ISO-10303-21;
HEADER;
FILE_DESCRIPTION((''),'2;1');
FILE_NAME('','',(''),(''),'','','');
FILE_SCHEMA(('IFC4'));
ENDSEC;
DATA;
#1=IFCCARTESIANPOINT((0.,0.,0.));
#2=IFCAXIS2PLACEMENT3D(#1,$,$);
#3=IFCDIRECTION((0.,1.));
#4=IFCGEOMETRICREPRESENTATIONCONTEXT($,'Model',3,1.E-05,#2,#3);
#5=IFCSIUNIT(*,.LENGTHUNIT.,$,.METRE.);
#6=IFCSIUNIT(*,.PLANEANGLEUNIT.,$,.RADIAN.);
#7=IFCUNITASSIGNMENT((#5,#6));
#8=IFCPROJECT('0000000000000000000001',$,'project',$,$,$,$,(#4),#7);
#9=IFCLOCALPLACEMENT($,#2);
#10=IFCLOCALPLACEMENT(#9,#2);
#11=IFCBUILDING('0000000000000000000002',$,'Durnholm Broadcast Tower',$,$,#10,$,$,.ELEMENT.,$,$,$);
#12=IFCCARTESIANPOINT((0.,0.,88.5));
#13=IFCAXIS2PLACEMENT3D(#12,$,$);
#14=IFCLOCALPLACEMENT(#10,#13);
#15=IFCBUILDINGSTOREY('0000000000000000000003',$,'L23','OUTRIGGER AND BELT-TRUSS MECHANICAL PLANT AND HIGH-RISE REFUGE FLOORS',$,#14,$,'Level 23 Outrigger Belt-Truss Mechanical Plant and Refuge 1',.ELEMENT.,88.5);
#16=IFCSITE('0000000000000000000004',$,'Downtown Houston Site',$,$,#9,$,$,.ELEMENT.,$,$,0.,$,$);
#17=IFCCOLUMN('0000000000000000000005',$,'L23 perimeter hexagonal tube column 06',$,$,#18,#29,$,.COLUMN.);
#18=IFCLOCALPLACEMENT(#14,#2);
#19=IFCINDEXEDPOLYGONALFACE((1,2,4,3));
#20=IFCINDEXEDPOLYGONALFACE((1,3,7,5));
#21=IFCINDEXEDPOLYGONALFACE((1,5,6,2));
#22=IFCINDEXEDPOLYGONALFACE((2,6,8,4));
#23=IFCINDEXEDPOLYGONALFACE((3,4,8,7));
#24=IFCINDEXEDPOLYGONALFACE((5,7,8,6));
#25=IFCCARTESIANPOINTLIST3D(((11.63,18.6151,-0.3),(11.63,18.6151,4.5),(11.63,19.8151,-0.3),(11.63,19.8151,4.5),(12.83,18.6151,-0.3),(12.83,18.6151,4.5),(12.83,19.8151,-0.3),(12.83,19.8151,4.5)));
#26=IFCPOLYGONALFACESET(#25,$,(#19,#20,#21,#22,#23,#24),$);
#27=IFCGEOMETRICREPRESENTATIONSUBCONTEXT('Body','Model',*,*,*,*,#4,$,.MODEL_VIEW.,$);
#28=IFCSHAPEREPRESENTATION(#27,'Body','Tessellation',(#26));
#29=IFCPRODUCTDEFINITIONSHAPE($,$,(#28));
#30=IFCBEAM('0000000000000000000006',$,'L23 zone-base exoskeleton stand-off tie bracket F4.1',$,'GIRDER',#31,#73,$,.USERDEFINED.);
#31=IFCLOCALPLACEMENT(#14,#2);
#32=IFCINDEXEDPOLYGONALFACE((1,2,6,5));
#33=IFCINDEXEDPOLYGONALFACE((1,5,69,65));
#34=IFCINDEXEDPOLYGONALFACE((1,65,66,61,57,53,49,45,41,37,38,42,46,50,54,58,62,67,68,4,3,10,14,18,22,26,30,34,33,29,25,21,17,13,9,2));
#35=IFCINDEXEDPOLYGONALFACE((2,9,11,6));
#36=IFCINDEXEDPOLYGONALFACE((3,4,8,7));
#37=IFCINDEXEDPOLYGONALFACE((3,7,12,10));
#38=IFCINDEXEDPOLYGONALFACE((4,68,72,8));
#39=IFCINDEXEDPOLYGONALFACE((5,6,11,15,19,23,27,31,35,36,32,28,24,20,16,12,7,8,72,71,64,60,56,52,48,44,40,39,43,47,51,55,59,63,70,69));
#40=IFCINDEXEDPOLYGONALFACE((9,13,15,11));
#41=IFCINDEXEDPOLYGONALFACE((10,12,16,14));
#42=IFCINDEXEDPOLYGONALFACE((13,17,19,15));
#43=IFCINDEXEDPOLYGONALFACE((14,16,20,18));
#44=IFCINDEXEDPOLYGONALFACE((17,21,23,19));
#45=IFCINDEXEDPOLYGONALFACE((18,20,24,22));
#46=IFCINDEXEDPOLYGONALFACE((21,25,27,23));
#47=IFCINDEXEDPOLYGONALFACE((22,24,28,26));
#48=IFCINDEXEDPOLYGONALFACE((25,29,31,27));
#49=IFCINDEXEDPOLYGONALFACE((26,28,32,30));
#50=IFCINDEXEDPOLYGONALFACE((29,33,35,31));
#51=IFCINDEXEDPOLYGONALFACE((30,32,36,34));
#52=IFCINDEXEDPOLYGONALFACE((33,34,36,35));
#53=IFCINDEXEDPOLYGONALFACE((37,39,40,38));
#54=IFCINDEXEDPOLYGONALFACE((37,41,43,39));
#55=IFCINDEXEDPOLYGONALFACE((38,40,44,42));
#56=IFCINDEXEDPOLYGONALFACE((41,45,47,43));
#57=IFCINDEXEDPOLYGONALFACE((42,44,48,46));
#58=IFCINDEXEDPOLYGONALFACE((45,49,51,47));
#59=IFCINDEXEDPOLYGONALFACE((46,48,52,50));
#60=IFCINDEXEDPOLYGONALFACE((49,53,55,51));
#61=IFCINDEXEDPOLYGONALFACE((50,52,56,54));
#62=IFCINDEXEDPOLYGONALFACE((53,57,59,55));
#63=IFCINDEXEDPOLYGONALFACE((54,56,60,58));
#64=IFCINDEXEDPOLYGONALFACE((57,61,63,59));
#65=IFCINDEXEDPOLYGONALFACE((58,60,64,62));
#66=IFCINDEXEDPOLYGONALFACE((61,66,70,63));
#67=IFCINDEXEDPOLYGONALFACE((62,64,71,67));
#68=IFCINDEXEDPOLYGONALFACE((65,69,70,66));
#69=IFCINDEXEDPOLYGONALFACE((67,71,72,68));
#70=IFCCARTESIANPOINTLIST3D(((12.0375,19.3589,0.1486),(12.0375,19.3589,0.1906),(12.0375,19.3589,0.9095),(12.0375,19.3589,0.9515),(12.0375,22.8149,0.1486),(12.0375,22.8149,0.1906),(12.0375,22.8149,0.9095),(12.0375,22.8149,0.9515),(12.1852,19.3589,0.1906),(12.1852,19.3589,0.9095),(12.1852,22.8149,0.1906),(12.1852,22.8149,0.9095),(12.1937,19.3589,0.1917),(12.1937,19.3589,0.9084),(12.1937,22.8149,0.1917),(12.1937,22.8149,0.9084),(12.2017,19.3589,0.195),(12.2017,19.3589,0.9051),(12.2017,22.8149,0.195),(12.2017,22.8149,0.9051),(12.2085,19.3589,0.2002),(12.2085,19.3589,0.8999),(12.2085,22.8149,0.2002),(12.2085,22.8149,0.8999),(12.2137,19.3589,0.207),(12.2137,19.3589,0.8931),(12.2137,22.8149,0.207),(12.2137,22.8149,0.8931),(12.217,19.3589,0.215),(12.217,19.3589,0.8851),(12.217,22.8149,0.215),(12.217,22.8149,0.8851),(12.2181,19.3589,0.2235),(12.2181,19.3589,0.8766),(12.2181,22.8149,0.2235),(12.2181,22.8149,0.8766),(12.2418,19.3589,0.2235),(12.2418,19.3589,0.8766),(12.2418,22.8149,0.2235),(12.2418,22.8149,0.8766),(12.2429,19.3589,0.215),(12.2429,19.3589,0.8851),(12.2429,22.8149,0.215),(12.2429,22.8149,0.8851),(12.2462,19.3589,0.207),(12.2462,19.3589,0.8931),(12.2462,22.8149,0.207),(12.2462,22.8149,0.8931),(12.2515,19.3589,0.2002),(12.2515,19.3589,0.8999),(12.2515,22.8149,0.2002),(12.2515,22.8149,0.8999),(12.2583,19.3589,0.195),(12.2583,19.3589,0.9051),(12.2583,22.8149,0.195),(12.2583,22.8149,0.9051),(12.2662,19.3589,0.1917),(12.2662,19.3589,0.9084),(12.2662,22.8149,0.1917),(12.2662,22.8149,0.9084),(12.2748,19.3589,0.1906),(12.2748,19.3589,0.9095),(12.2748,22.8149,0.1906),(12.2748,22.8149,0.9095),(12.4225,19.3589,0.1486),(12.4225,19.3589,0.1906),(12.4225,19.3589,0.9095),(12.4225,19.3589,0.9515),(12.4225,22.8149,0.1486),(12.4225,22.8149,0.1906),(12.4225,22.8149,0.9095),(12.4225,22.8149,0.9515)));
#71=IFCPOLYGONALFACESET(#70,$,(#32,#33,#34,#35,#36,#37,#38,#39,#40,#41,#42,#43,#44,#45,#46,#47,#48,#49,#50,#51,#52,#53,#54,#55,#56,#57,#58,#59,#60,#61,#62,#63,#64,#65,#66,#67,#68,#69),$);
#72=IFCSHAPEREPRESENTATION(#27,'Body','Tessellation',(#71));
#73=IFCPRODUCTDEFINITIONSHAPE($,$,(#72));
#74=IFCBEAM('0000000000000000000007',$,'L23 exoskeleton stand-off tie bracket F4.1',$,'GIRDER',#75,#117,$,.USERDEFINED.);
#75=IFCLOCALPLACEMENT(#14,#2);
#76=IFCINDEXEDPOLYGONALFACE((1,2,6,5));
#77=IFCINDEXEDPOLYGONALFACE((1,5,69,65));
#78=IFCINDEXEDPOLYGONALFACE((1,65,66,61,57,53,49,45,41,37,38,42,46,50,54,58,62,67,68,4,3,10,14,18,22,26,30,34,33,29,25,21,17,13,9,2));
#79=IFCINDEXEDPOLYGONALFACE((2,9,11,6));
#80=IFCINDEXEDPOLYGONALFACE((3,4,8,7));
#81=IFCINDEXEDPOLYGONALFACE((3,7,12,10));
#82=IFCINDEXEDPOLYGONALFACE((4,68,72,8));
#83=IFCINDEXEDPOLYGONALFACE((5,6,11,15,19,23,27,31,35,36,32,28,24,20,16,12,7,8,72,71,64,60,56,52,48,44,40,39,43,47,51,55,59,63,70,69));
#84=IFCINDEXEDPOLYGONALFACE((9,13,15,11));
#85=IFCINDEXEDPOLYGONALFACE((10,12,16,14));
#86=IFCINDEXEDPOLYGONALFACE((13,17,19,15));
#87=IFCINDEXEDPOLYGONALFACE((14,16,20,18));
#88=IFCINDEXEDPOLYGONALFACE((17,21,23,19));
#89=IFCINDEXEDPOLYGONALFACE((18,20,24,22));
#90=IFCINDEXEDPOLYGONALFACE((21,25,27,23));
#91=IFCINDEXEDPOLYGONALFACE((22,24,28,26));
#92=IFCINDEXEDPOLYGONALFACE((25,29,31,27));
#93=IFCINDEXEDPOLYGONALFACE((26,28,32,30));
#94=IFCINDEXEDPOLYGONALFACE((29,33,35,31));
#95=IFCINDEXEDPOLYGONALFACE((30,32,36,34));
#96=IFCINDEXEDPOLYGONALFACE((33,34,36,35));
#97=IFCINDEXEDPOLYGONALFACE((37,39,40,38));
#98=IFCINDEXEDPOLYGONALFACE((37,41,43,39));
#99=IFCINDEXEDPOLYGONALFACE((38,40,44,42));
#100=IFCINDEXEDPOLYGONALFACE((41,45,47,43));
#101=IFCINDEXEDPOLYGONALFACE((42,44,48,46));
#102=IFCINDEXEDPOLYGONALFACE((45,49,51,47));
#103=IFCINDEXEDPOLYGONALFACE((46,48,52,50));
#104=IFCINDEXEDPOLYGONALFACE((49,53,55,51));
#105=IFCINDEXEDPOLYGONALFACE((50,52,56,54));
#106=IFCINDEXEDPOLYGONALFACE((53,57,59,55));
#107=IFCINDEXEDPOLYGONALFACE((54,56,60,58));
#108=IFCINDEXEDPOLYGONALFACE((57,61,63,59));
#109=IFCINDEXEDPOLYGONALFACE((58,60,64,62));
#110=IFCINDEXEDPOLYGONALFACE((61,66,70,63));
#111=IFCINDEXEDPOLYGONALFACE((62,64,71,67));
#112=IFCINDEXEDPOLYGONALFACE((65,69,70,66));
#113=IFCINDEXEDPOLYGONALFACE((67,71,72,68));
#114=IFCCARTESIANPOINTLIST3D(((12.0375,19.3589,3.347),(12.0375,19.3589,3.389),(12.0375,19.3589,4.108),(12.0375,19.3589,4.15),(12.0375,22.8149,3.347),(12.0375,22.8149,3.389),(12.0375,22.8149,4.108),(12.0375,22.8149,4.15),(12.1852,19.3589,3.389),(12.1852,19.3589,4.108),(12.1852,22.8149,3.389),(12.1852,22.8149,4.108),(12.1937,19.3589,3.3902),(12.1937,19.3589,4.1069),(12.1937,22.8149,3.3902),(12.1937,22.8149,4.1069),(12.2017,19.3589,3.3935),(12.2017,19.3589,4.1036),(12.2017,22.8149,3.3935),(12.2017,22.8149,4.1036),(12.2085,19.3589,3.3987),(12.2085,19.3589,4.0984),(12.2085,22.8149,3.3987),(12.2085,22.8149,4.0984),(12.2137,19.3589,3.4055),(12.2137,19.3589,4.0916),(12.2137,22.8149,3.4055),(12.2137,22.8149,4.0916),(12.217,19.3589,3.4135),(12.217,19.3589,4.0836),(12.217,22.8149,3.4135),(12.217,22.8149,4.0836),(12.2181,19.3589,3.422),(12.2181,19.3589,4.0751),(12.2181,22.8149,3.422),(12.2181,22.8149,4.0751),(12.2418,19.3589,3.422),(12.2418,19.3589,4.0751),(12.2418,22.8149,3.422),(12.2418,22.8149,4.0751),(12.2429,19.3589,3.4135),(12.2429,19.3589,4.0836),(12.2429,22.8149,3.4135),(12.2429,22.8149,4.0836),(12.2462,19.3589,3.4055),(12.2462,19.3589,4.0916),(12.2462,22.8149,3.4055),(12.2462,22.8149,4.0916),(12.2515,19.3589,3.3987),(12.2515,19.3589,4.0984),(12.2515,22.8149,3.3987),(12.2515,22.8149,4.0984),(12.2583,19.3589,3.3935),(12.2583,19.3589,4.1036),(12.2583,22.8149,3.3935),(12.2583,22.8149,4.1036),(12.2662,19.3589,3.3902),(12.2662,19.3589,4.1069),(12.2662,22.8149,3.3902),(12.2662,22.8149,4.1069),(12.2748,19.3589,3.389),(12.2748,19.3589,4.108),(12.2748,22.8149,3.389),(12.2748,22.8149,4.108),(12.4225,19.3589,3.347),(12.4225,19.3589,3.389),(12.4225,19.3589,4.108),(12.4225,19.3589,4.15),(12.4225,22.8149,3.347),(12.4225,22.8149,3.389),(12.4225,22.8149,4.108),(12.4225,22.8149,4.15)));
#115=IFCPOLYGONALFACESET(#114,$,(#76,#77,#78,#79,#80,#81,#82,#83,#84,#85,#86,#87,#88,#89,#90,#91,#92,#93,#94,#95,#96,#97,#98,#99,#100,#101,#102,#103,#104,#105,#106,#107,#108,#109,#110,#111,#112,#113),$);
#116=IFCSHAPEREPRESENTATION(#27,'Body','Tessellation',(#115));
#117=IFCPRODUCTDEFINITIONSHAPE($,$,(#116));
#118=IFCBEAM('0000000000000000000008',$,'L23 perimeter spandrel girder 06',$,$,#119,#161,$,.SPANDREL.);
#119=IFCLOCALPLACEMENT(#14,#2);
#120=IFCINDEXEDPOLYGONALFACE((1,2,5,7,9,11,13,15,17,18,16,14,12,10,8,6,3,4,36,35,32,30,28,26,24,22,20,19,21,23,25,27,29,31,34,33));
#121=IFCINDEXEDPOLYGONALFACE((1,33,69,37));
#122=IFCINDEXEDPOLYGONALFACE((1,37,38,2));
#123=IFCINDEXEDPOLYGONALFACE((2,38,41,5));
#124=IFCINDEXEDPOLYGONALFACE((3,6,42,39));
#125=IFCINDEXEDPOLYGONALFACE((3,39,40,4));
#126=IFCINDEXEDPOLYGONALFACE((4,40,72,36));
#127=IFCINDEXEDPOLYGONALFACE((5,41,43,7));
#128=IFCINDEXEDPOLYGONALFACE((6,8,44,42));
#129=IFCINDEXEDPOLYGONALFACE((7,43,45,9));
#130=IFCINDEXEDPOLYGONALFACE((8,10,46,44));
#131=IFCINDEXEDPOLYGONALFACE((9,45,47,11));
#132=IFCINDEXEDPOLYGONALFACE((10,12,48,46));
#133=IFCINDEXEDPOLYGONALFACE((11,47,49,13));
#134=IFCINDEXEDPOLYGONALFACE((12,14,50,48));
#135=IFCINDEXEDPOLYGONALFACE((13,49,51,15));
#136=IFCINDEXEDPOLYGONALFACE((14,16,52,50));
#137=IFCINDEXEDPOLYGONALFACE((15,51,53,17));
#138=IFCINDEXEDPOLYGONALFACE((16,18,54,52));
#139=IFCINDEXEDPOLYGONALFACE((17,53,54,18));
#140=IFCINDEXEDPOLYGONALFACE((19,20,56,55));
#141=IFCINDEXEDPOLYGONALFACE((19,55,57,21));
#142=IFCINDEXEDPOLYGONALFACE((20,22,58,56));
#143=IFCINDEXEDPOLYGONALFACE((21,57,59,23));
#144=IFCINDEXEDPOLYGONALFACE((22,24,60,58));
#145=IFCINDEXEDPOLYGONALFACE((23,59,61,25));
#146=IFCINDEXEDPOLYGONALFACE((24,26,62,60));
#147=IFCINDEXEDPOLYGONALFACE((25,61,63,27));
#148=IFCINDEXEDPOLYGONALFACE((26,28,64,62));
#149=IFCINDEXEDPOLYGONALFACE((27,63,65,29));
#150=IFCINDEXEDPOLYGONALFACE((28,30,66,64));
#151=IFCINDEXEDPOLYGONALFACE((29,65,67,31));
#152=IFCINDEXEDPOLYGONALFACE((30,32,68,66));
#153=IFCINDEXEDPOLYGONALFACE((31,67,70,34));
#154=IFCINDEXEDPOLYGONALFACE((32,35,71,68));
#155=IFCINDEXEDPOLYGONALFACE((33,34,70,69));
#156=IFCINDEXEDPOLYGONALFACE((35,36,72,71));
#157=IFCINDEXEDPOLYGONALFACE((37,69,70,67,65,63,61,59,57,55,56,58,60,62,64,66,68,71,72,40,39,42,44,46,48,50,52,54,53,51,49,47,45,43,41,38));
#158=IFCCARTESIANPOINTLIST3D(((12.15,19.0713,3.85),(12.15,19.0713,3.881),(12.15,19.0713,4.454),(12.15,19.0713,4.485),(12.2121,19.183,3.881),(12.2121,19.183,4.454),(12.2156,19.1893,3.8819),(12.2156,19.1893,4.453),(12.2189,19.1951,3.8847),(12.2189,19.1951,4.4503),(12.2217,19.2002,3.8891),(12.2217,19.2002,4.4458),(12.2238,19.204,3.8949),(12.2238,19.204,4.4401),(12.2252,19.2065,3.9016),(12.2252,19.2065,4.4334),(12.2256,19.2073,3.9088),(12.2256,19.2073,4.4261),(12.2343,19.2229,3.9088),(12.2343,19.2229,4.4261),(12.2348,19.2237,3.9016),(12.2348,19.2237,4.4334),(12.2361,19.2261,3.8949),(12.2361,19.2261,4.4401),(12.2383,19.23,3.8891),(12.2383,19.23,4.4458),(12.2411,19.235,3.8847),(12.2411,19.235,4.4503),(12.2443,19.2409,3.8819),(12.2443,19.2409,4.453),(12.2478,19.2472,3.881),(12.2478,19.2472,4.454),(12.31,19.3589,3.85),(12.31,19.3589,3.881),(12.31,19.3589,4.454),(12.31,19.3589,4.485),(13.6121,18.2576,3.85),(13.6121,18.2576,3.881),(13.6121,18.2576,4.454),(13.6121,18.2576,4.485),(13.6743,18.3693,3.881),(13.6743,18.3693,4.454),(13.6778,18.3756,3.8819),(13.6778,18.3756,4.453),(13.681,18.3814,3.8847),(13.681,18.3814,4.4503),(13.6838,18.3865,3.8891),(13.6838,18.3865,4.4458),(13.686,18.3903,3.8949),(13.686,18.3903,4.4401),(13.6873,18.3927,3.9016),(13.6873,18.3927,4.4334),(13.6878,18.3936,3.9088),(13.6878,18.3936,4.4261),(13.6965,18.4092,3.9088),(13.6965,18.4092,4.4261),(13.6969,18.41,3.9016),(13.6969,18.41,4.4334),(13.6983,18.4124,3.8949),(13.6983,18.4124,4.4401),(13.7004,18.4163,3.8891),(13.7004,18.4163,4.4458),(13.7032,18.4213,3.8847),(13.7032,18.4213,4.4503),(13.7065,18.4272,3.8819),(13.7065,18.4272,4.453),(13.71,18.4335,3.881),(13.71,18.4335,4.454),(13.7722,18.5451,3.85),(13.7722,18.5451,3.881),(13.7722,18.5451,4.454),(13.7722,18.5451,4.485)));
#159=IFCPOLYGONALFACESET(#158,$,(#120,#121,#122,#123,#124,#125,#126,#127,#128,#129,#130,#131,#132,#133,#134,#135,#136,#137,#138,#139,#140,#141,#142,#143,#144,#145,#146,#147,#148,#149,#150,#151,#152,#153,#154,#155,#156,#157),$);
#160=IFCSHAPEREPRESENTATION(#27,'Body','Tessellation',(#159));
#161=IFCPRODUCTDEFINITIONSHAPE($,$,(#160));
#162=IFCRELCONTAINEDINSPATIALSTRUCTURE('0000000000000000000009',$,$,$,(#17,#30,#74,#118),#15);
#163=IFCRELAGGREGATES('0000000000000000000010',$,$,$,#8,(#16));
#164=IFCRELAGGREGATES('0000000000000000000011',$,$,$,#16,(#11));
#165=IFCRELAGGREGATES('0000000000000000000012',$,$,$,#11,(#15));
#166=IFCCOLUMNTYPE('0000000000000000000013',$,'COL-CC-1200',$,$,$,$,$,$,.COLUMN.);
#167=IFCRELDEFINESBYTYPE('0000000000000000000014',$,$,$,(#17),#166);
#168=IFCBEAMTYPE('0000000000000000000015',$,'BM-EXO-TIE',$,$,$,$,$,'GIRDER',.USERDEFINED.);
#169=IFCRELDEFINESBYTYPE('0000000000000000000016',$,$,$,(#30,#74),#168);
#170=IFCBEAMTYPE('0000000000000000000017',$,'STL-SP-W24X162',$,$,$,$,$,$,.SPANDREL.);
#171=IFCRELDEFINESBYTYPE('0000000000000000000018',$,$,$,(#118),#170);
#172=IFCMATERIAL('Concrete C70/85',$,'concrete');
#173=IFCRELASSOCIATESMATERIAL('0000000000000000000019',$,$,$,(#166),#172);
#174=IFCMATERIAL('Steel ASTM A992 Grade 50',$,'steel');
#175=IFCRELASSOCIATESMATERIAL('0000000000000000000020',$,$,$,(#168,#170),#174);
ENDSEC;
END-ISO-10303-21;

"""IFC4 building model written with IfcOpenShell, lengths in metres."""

from ifc_helpers import new_model, si_unit, direction, frame, origin, origin_2d, place, context, subcontext, project, spatial, rectangle, i_section, extrude, source, transform, mapped, material, material_profile, profile_set, type_object, type_shapes, element, save


model = new_model("IFC4")

# Units and contexts
model_context = context("Model", 3, precision=1e-05, world=origin(), true_north=direction((0.0, 1.0)))
body_context = subcontext(model_context, "Body", "Model", "MODEL_VIEW")
ifc_project = project(units=[si_unit("LENGTHUNIT", "METRE"), si_unit("PLANEANGLEUNIT", "RADIAN")], contexts=[model_context])

# Site, building, storey
site_placement = place(None, origin())
site = spatial("IfcSite", under=ifc_project, at=site_placement, Name="Downtown Houston Site", CompositionType="ELEMENT", RefElevation=0.0)
building_placement = place(site_placement, origin())
building = spatial("IfcBuilding", under=site, at=building_placement, Name="Durnholm Broadcast Tower", CompositionType="ELEMENT")
storey_placement = place(building_placement, frame((0.0, 0.0, 88.5)))
storey = spatial("IfcBuildingStorey", under=building, at=storey_placement, Name="L23", Description="OUTRIGGER AND BELT-TRUSS MECHANICAL PLANT AND HIGH-RISE REFUGE FLOORS", LongName="Level 23 Outrigger Belt-Truss Mechanical Plant and Refuge 1", CompositionType="ELEMENT", Elevation=88.5)

# Column
ifc_material_1 = material(Name="Concrete C70/85", Category="concrete")
ifc_material_profile_1 = material_profile(ifc_material_1, rectangle(XDim=1.2, YDim=1.2, at=origin_2d()), Name="RC1200X1200")
ifc_profile_set_1 = profile_set([ifc_material_profile_1], Name="Concrete C70/85")
column_type = type_object("IfcColumnType", Name="COL-CC-1200", PredefinedType="COLUMN", material=ifc_profile_set_1)
shared_shape_1 = source(origin(), body_context, "Body", "SweptSolid", [
    extrude(rectangle(XDim=1.2, YDim=1.2, at=origin_2d()), origin(), (0.0, 0.0, 1.0), 4.8),
])
type_shapes(column_type, [shared_shape_1])
column_placement = place(storey_placement, frame((12.23, 19.2151, -0.3), z_axis=(0.0, 0.0, 1.0), x_axis=(1.0, 0.0, 0.0)))
element("IfcColumn", 1, at=column_placement, inside=storey, type_object=column_type, Name="L23 perimeter hexagonal tube column 06", PredefinedType="COLUMN", context=body_context, shape_type="MappedRepresentation", body=[
    mapped(shared_shape_1, transform((0.0, 0.0, 0.0), x_axis=(1.0, 0.0, 0.0), y_axis=(0.0, 1.0, 0.0), z_axis=(0.0, 0.0, 1.0), scale=1.0)),
])

# Beams
ifc_material_2 = material(Name="Steel ASTM A992 Grade 50", Category="steel")
ifc_material_profile_2 = material_profile(ifc_material_2, i_section(OverallWidth=0.385, OverallDepth=0.803, WebThickness=0.0237, FlangeThickness=0.042, FilletRadius=0.033, at=origin_2d()), Name="W30X261")
ifc_profile_set_2 = profile_set([ifc_material_profile_2], Name="Steel ASTM A992 Grade 50")
beam_type_1 = type_object("IfcBeamType", Name="BM-EXO-TIE", ElementType="GIRDER", PredefinedType="USERDEFINED", material=ifc_profile_set_2)
shared_shape_2 = source(origin(), body_context, "Body", "SweptSolid", [
    extrude(i_section(OverallWidth=0.385, OverallDepth=0.803, WebThickness=0.0237, FlangeThickness=0.042, FilletRadius=0.033, at=origin_2d()), origin(), (0.0, 0.0, 1.0), 3.4561),
])
type_shapes(beam_type_1, [shared_shape_2])
for number, where, z_axis, x_axis, name in (
    (2, (12.23, 19.3589, 0.55), (0.0, 1.0, 0.0), (-1.0, 0.0, 0.0), "L23 zone-base exoskeleton stand-off tie bracket F4.1"),
    (3, (12.23, 19.3589, 3.7485), (0.0, 1.0, 0.0), (-1.0, 0.0, 0.0), "L23 exoskeleton stand-off tie bracket F4.1"),
):
    element("IfcBeam", number, at=place(storey_placement, frame(where, z_axis=z_axis, x_axis=x_axis)), inside=storey, type_object=beam_type_1, Name=name, ObjectType="GIRDER", PredefinedType="USERDEFINED", context=body_context, shape_type="MappedRepresentation", body=[
        mapped(shared_shape_2, transform((0.0, 0.0, 0.0), x_axis=(1.0, 0.0, 0.0), y_axis=(0.0, 1.0, 0.0), z_axis=(0.0, 0.0, 1.0), scale=1.0)),
    ])
ifc_material_profile_3 = material_profile(ifc_material_2, i_section(OverallWidth=0.3291, OverallDepth=0.635, WebThickness=0.0178, FlangeThickness=0.031, FilletRadius=0.0278, at=origin_2d()), Name="W24X162")
ifc_profile_set_3 = profile_set([ifc_material_profile_3], Name="Steel ASTM A992 Grade 50")
beam_type_2 = type_object("IfcBeamType", Name="STL-SP-W24X162", PredefinedType="SPANDREL", material=ifc_profile_set_3)
shared_shape_3 = source(origin(), body_context, "Body", "SweptSolid", [
    extrude(i_section(OverallWidth=0.3291, OverallDepth=0.635, WebThickness=0.0178, FlangeThickness=0.031, FilletRadius=0.0278, at=origin_2d()), origin(), (0.0, 0.0, 1.0), 1.6733),
])
type_shapes(beam_type_2, [shared_shape_3])
beam_1_placement = place(storey_placement, frame((12.23, 19.2151, 4.1675), z_axis=(0.873799, -0.486287, 0.0), x_axis=(0.486287, 0.873799, 0.0)))
element("IfcBeam", 4, at=beam_1_placement, inside=storey, type_object=beam_type_2, Name="L23 perimeter spandrel girder 06", PredefinedType="SPANDREL", context=body_context, shape_type="MappedRepresentation", body=[
    mapped(shared_shape_3, transform((0.0, 0.0, 0.0), x_axis=(1.0, 0.0, 0.0), y_axis=(0.0, 1.0, 0.0), z_axis=(0.0, 0.0, 1.0), scale=1.0)),
])

save(model, "model.ifc")
